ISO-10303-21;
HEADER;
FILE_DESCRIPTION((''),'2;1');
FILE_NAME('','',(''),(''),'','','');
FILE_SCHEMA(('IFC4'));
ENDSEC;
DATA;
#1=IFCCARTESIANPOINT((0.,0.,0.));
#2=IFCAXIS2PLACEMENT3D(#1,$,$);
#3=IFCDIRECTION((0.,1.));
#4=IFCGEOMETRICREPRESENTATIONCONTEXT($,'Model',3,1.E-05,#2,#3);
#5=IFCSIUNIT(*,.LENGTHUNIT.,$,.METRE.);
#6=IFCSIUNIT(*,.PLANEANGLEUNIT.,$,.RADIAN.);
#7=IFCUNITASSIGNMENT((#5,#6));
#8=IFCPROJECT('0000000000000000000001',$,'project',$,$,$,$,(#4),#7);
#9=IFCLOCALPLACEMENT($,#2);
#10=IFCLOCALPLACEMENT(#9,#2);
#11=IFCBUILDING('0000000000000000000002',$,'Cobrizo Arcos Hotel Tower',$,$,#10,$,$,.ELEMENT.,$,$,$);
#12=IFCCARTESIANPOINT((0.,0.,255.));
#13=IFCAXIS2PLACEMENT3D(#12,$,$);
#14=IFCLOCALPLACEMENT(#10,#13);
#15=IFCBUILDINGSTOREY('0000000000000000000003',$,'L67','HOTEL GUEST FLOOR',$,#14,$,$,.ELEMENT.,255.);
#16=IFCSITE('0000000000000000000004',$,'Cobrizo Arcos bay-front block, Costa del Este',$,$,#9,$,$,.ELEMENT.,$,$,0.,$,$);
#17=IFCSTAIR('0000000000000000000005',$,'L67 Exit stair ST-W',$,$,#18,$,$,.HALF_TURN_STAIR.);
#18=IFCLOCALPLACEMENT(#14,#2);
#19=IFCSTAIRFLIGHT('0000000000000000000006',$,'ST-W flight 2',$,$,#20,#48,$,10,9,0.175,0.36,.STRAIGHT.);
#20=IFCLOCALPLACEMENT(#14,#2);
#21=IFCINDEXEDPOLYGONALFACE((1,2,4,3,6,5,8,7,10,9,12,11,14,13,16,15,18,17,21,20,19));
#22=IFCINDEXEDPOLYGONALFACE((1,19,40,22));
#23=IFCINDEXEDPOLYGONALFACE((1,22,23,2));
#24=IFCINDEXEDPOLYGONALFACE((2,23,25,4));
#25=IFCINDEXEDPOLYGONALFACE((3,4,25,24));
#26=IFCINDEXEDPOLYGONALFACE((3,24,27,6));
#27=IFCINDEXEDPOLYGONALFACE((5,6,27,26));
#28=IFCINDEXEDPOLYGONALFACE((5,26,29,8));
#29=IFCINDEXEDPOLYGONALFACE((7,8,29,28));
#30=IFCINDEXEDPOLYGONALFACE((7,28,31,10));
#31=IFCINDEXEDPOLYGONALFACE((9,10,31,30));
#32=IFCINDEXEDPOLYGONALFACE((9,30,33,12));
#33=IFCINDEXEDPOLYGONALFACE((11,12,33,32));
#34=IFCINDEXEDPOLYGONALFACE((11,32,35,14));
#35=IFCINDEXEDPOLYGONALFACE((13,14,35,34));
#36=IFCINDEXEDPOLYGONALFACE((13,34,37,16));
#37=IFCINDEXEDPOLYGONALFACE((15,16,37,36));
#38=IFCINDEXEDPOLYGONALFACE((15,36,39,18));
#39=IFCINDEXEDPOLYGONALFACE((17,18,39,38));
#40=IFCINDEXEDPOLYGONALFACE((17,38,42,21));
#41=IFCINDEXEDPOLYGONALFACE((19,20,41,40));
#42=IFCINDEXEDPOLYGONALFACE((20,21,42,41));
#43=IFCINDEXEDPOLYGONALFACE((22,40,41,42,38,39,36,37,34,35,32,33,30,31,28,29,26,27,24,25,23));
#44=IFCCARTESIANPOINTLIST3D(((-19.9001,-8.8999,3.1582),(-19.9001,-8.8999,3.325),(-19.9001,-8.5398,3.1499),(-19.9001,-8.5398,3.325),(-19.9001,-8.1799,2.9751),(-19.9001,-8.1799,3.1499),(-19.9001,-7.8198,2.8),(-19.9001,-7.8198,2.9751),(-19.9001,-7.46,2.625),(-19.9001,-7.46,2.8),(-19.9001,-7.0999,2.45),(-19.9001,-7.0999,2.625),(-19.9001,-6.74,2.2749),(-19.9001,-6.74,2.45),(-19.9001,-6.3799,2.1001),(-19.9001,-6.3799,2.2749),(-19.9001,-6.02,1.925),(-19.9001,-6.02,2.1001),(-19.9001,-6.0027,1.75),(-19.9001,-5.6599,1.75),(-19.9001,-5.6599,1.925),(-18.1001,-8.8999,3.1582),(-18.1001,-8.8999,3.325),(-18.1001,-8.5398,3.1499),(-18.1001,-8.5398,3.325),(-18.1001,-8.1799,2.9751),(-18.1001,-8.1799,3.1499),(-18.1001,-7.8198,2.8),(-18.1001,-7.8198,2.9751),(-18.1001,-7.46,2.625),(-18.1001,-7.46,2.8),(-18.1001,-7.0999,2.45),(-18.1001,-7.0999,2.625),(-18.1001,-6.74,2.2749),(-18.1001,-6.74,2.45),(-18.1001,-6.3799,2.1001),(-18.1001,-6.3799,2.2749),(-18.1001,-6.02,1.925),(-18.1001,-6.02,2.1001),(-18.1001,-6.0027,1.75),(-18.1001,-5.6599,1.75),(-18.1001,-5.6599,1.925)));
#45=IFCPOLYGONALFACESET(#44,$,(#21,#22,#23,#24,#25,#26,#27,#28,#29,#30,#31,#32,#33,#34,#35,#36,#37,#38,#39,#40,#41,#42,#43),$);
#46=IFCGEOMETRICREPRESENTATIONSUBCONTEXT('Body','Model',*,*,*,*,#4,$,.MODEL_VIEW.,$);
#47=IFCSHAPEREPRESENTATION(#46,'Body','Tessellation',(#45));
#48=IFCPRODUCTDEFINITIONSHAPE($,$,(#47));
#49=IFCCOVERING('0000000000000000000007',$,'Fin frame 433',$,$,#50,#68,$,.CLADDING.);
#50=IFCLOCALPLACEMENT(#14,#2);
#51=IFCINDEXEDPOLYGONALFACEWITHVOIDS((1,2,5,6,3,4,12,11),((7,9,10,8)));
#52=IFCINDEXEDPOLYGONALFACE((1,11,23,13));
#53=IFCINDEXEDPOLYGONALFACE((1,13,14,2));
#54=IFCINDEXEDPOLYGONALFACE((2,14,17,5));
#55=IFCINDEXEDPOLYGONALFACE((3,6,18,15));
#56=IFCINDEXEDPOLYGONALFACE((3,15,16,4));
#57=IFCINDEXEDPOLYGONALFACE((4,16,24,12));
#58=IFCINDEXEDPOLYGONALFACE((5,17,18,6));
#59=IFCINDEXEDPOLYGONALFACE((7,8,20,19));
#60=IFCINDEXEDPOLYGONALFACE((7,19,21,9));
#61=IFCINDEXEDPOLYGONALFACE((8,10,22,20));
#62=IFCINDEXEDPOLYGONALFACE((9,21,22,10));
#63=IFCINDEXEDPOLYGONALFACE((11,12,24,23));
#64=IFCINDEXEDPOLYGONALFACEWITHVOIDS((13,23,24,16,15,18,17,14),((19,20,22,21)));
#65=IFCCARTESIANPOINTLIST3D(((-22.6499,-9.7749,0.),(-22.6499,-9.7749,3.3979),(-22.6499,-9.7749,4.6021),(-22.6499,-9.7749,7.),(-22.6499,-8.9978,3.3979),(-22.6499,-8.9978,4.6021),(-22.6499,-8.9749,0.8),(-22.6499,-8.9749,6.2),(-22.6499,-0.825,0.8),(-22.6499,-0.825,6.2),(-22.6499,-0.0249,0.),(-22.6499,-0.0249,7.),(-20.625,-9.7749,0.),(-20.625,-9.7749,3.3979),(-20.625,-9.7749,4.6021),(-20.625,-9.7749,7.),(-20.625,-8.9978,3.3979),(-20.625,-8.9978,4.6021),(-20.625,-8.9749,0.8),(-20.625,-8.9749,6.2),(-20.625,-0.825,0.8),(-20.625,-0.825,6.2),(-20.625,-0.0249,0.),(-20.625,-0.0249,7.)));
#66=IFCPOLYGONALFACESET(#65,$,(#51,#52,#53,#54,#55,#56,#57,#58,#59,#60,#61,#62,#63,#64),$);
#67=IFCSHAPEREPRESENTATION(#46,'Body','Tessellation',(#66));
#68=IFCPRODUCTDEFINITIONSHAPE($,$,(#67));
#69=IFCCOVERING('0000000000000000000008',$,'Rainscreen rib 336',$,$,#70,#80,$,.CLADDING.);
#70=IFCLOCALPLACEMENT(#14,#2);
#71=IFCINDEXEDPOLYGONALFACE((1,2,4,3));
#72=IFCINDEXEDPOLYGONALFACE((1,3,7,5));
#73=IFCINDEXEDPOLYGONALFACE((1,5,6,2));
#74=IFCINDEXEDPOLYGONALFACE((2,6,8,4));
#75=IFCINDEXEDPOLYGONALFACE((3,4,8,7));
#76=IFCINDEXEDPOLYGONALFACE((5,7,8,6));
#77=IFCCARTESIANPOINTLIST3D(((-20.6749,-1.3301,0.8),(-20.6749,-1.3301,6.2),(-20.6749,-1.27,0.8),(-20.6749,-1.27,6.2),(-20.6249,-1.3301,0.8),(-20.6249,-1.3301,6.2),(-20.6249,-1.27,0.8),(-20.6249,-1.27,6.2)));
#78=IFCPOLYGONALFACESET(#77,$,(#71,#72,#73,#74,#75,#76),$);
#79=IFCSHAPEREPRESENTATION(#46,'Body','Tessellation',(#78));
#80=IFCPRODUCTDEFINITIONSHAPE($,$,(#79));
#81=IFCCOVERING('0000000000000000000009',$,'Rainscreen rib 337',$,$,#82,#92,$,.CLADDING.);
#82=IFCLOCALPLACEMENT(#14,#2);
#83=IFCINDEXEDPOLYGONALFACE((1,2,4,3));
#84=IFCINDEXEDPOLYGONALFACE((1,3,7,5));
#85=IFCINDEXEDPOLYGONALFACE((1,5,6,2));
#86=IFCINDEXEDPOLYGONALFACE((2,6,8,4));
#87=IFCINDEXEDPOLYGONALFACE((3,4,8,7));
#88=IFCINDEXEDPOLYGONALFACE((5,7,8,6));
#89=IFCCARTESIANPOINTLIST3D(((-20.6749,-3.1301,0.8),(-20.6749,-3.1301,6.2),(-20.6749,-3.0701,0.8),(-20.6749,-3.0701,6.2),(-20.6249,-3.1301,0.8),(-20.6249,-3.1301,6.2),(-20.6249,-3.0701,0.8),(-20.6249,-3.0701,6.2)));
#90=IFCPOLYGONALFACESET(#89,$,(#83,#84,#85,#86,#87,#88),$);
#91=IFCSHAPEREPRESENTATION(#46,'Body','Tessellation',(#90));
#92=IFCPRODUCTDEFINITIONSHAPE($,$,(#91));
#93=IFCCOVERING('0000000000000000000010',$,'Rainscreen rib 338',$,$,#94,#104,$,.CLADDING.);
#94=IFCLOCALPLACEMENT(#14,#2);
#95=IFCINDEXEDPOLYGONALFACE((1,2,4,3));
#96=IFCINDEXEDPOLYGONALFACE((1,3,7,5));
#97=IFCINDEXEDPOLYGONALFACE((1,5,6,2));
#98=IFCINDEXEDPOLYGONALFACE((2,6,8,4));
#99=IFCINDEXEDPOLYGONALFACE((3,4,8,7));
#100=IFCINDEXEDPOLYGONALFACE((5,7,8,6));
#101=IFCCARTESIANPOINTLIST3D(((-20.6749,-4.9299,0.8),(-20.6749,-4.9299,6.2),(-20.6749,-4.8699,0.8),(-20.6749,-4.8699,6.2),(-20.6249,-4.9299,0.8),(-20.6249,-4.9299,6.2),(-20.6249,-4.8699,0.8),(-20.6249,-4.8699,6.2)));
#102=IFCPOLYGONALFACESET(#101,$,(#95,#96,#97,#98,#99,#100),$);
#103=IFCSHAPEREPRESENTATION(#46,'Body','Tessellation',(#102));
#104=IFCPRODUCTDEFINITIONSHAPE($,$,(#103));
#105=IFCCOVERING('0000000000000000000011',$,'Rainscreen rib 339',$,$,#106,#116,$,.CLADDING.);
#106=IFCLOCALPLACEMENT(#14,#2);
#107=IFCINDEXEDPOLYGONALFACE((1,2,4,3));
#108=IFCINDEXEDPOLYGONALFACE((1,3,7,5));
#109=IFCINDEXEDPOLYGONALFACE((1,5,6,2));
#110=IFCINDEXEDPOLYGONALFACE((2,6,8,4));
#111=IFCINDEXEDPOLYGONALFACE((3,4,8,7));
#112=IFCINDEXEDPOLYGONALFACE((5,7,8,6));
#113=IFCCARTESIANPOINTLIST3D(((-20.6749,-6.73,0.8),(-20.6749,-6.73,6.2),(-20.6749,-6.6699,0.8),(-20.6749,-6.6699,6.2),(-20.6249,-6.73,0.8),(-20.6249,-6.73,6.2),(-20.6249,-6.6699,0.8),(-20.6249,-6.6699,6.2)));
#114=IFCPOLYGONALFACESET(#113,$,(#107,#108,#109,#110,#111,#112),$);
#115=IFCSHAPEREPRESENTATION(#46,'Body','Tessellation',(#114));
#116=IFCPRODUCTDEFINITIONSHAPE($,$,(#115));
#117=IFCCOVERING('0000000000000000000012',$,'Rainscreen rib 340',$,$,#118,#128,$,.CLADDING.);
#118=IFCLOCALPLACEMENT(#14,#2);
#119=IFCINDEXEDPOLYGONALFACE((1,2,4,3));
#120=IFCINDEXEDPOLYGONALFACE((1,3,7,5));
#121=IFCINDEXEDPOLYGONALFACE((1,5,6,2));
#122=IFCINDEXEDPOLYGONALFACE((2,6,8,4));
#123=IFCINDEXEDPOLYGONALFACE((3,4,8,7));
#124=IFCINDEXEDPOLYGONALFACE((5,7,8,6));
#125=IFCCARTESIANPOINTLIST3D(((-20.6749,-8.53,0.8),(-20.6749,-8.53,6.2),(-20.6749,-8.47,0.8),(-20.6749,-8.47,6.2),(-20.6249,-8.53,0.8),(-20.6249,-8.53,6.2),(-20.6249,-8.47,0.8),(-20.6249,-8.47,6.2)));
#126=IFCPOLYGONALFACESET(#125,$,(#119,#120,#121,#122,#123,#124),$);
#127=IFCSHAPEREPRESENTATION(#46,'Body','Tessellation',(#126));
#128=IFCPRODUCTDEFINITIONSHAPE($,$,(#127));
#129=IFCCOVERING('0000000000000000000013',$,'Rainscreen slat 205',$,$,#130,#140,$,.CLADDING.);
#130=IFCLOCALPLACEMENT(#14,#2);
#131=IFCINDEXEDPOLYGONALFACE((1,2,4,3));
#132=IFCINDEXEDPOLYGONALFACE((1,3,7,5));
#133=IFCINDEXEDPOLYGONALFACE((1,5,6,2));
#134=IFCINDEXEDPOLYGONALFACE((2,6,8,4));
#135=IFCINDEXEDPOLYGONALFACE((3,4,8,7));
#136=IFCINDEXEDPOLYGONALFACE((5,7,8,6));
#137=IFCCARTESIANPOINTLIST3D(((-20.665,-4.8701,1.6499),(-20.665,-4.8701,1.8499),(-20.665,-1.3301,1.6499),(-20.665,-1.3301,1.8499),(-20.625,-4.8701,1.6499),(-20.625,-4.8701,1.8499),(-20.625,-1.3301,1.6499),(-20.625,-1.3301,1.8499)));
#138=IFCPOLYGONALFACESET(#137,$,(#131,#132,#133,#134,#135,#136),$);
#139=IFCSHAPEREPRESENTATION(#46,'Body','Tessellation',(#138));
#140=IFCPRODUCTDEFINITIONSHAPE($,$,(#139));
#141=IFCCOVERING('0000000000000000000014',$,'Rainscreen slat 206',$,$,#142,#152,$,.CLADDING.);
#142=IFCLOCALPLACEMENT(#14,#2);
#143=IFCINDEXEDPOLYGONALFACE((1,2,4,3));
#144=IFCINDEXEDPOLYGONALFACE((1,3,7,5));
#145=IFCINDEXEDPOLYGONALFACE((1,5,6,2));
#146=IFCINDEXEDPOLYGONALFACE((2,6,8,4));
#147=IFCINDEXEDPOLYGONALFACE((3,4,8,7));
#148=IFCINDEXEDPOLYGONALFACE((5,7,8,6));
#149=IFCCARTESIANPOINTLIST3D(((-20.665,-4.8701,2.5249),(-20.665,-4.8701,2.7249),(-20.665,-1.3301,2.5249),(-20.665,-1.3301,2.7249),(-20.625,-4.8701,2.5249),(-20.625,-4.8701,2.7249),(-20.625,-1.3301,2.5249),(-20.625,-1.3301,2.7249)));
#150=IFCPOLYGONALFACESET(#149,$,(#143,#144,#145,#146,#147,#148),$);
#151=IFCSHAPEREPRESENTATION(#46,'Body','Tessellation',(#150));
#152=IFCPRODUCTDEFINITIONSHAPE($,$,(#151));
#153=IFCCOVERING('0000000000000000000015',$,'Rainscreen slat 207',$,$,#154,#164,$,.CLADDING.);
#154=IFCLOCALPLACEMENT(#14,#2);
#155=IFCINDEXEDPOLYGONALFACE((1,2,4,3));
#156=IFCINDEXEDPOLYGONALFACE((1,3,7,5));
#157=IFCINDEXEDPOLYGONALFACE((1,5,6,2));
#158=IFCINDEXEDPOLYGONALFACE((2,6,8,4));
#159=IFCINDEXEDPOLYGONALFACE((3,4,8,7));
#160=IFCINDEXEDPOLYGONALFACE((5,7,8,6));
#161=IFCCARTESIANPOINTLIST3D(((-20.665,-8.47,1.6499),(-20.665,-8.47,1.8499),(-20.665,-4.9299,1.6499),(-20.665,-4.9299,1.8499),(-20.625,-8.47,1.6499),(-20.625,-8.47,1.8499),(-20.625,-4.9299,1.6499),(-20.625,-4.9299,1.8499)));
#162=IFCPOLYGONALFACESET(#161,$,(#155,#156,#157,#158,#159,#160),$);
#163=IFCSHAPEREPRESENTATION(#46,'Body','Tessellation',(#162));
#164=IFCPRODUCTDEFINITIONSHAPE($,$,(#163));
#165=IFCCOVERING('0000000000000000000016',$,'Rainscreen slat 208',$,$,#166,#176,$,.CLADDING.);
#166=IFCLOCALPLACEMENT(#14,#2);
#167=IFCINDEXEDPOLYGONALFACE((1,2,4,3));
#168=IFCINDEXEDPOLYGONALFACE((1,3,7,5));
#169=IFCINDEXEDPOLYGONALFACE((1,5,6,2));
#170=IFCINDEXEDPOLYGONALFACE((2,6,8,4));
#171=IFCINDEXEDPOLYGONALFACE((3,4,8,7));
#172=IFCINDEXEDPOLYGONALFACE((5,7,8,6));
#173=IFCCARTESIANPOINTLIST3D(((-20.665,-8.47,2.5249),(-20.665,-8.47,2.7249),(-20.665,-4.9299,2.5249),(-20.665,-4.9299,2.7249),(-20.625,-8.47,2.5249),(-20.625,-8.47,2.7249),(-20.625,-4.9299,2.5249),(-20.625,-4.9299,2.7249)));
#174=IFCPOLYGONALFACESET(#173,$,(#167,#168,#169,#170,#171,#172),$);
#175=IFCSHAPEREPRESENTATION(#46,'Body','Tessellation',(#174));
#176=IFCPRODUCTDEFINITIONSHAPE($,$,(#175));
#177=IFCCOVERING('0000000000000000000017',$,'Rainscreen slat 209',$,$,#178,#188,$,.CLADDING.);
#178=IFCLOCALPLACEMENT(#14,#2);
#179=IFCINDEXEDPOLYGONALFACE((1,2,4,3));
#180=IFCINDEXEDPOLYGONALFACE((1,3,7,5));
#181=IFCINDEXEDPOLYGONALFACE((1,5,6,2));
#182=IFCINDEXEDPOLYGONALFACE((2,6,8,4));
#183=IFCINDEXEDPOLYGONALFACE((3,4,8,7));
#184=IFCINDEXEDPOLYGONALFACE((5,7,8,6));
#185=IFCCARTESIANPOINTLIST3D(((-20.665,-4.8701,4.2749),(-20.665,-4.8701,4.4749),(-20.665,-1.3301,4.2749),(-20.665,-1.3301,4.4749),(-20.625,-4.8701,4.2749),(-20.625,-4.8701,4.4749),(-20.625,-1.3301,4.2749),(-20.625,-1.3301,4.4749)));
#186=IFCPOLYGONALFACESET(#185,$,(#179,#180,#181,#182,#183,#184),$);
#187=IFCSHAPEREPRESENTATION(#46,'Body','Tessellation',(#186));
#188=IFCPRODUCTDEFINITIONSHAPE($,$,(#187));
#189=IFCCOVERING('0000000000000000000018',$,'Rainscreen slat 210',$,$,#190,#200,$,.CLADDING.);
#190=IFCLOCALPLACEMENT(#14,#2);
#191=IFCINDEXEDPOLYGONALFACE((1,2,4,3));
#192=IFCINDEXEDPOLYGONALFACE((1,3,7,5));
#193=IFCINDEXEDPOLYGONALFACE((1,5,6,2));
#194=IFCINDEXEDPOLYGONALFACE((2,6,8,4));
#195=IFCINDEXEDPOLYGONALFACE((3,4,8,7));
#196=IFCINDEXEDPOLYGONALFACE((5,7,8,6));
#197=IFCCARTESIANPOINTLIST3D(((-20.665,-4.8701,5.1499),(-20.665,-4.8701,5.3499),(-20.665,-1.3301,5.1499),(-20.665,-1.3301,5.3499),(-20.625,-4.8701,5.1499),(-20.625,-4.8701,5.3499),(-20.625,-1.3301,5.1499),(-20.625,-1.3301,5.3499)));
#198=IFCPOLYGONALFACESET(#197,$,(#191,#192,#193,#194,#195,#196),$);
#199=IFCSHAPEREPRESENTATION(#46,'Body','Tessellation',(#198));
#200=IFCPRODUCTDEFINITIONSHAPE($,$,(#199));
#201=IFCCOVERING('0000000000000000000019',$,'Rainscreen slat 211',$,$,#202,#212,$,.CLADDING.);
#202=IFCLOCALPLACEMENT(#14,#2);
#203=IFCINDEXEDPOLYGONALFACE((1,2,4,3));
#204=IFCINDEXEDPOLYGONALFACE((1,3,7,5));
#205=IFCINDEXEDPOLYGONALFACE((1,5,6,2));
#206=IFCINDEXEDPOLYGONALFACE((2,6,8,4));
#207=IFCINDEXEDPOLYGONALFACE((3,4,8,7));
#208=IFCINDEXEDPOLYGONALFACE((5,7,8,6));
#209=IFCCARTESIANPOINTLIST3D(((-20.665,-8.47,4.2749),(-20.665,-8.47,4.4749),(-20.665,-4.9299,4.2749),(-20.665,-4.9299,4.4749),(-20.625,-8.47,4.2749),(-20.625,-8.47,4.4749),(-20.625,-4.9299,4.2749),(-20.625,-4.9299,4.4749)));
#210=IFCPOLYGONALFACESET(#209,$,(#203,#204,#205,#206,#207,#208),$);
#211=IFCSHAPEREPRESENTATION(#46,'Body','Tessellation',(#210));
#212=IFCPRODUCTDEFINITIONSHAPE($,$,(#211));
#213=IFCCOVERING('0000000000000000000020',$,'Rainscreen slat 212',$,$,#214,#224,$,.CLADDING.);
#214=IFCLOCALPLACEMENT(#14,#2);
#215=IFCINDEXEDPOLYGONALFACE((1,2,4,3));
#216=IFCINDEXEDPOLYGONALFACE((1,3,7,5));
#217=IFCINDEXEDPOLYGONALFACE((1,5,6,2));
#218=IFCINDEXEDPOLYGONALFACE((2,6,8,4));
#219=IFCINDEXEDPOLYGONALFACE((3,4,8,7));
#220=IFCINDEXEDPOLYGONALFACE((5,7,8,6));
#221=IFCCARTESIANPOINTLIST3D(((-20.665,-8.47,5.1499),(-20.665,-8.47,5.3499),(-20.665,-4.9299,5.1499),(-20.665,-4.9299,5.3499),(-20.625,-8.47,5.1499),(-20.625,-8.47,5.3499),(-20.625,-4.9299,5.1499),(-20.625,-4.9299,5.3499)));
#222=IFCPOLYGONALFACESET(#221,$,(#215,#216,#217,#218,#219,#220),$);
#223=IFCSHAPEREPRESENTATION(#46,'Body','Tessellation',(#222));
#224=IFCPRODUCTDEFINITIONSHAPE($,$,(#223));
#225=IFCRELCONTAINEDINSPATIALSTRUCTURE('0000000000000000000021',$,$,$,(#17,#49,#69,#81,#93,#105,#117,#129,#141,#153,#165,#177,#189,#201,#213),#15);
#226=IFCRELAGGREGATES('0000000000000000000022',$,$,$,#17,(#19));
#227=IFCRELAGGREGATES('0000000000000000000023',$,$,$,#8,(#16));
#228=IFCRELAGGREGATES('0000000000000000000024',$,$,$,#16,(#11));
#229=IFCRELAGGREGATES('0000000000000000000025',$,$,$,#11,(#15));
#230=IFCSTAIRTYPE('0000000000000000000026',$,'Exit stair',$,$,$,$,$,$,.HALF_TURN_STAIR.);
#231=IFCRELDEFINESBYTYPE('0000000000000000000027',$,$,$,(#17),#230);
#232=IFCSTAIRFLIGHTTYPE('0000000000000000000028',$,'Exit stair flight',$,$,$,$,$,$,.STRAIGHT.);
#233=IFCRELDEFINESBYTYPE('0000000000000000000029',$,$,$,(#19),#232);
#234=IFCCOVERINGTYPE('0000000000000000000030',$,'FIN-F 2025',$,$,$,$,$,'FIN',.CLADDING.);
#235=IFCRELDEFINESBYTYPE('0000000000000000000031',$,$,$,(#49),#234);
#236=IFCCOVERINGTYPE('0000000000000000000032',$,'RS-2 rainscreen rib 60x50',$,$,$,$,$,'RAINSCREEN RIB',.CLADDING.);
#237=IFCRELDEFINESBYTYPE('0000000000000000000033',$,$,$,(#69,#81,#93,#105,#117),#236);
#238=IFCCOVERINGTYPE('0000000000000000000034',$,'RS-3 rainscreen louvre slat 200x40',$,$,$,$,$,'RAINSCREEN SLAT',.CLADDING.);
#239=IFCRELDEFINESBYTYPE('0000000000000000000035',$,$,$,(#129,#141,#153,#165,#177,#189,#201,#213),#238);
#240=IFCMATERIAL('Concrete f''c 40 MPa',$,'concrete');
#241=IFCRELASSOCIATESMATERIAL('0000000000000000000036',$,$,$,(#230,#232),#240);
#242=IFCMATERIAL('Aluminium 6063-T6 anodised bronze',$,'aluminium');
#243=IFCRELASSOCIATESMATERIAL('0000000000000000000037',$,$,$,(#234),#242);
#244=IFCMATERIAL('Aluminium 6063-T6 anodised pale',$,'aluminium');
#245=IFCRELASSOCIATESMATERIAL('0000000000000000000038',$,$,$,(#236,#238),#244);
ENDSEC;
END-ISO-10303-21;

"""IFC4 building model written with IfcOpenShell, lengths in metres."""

from ifc_helpers import new_model, si_unit, direction, frame, origin, origin_2d, place, context, subcontext, project, spatial, polyline, rectangle, outline, extrude, material, type_object, element, aggregate, save


model = new_model("IFC4")

# Units and contexts
model_context = context("Model", 3, precision=1e-05, world=origin(), true_north=direction((0.0, 1.0)))
body_context = subcontext(model_context, "Body", "Model", "MODEL_VIEW")
ifc_project = project(units=[si_unit("LENGTHUNIT", "METRE"), si_unit("PLANEANGLEUNIT", "RADIAN")], contexts=[model_context])

# Site, building, storey
site_placement = place(None, origin())
site = spatial("IfcSite", under=ifc_project, at=site_placement, Name="Cobrizo Arcos bay-front block, Costa del Este", CompositionType="ELEMENT", RefElevation=0.0)
building_placement = place(site_placement, origin())
building = spatial("IfcBuilding", under=site, at=building_placement, Name="Cobrizo Arcos Hotel Tower", CompositionType="ELEMENT")
storey_placement = place(building_placement, frame((0.0, 0.0, 255.0)))
storey = spatial("IfcBuildingStorey", under=building, at=storey_placement, Name="L67", Description="HOTEL GUEST FLOOR", CompositionType="ELEMENT", Elevation=255.0)

# Shared definitions
ifc_material_1 = material(Name="Concrete f'c 40 MPa", Category="concrete")

# Stair, stair flight
stair_type = type_object("IfcStairType", Name="Exit stair", PredefinedType="HALF_TURN_STAIR", material=ifc_material_1)
stair_placement = place(storey_placement, origin())
stair = element("IfcStair", 1, at=stair_placement, inside=storey, type_object=stair_type, Name="L67 Exit stair ST-W", PredefinedType="HALF_TURN_STAIR")
stair_flight_type = type_object("IfcStairFlightType", Name="Exit stair flight", PredefinedType="STRAIGHT", material=ifc_material_1)
stair_flight_1_placement = place(storey_placement, frame((-19.0, -5.6599, 1.75), z_axis=(0.0, 0.0, 1.0), x_axis=(0.0, -1.0, 0.0)))
stair_flight_1 = element("IfcStairFlight", 2, at=stair_flight_1_placement, type_object=stair_flight_type, Name="ST-W flight 2", NumberOfRisers=10, NumberOfTreads=9, PredefinedType="STRAIGHT", RiserHeight=0.175, TreadLength=0.36, context=body_context, shape_type="SweptSolid", body=[
    extrude(outline(polyline([(0.0, 0.0), (0.0, 0.175), (0.3601, 0.175), (0.3601, 0.3501), (0.72, 0.3501), (0.72, 0.5249), (1.0801, 0.5249), (1.0801, 0.7), (1.4399, 0.7), (1.4399, 0.875), (1.8, 0.875), (1.8, 1.05), (2.1599, 1.05), (2.1599, 1.2251), (2.52, 1.2251), (2.52, 1.3999), (2.8799, 1.3999), (2.8799, 1.575), (3.24, 1.575), (3.24, 1.75), (3.24, 1.4082), (0.3428, 0.0), (0.0, 0.0)])), frame((0.0, 0.8999, 0.0), z_axis=(0.0, -1.0, 0.0), x_axis=(1.0, 0.0, 0.0)), (0.0, 0.0, 1.0), 1.8),
])
aggregate(stair, [stair_flight_1])

# Coverings
ifc_material_2 = material(Name="Aluminium 6063-T6 anodised bronze", Category="aluminium")
covering_type_1 = type_object("IfcCoveringType", Name="FIN-F 2025", ElementType="FIN", PredefinedType="CLADDING", material=ifc_material_2)
covering_placement = place(storey_placement, frame((-20.625, -0.0249, 0.0), z_axis=(-1.0, 0.0, 0.0), x_axis=(0.0, -1.0, 0.0)))
element("IfcCovering", 3, at=covering_placement, inside=storey, type_object=covering_type_1, Name="Fin frame 433", PredefinedType="CLADDING", context=body_context, shape_type="SweptSolid", body=[
    extrude(outline(polyline([(9.75, 0.0), (9.75, 3.3979), (8.9729, 3.3979), (8.9729, 4.6021), (9.75, 4.6021), (9.75, 7.0), (0.0, 7.0), (0.0, 0.0), (9.75, 0.0)]), holes=[polyline([(8.95, 0.8), (0.8, 0.8), (0.8, 6.2), (8.95, 6.2), (8.95, 0.8)])]), origin(), (0.0, 0.0, 1.0), 2.0249),
])
ifc_material_3 = material(Name="Aluminium 6063-T6 anodised pale", Category="aluminium")
covering_type_2 = type_object("IfcCoveringType", Name="RS-2 rainscreen rib 60x50", ElementType="RAINSCREEN RIB", PredefinedType="CLADDING", material=ifc_material_3)
for number, where, z_axis, x_axis, name in (
    (4, (-20.6499, -1.3, 0.8), (0.0, 0.0, 1.0), (0.0, -1.0, 0.0), "Rainscreen rib 336"),
    (5, (-20.6499, -3.1001, 0.8), (0.0, 0.0, 1.0), (0.0, -1.0, 0.0), "Rainscreen rib 337"),
    (6, (-20.6499, -4.8999, 0.8), (0.0, 0.0, 1.0), (0.0, -1.0, 0.0), "Rainscreen rib 338"),
    (7, (-20.6499, -6.7, 0.8), (0.0, 0.0, 1.0), (0.0, -1.0, 0.0), "Rainscreen rib 339"),
    (8, (-20.6499, -8.5, 0.8), (0.0, 0.0, 1.0), (0.0, -1.0, 0.0), "Rainscreen rib 340"),
):
    element("IfcCovering", number, at=place(storey_placement, frame(where, z_axis=z_axis, x_axis=x_axis)), inside=storey, type_object=covering_type_2, Name=name, PredefinedType="CLADDING", context=body_context, shape_type="SweptSolid", body=[
        extrude(rectangle(XDim=0.0601, YDim=0.05, at=origin_2d()), origin(), (0.0, 0.0, 1.0), 5.3999),
    ])
covering_type_3 = type_object("IfcCoveringType", Name="RS-3 rainscreen louvre slat 200x40", ElementType="RAINSCREEN SLAT", PredefinedType="CLADDING", material=ifc_material_3)
for number, where, z_axis, x_axis, name in (
    (9, (-20.645, -3.1001, 1.6499), (0.0, 0.0, 1.0), (0.0, -1.0, 0.0), "Rainscreen slat 205"),
    (10, (-20.645, -3.1001, 2.5249), (0.0, 0.0, 1.0), (0.0, -1.0, 0.0), "Rainscreen slat 206"),
    (11, (-20.645, -6.7, 1.6499), (0.0, 0.0, 1.0), (0.0, -1.0, 0.0), "Rainscreen slat 207"),
    (12, (-20.645, -6.7, 2.5249), (0.0, 0.0, 1.0), (0.0, -1.0, 0.0), "Rainscreen slat 208"),
    (13, (-20.645, -3.1001, 4.2749), (0.0, 0.0, 1.0), (0.0, -1.0, 0.0), "Rainscreen slat 209"),
    (14, (-20.645, -3.1001, 5.1499), (0.0, 0.0, 1.0), (0.0, -1.0, 0.0), "Rainscreen slat 210"),
    (15, (-20.645, -6.7, 4.2749), (0.0, 0.0, 1.0), (0.0, -1.0, 0.0), "Rainscreen slat 211"),
    (16, (-20.645, -6.7, 5.1499), (0.0, 0.0, 1.0), (0.0, -1.0, 0.0), "Rainscreen slat 212"),
):
    element("IfcCovering", number, at=place(storey_placement, frame(where, z_axis=z_axis, x_axis=x_axis)), inside=storey, type_object=covering_type_3, Name=name, PredefinedType="CLADDING", context=body_context, shape_type="SweptSolid", body=[
        extrude(rectangle(XDim=3.54, YDim=0.04, at=origin_2d()), origin(), (0.0, 0.0, 1.0), 0.2),
    ])

save(model, "model.ifc")
